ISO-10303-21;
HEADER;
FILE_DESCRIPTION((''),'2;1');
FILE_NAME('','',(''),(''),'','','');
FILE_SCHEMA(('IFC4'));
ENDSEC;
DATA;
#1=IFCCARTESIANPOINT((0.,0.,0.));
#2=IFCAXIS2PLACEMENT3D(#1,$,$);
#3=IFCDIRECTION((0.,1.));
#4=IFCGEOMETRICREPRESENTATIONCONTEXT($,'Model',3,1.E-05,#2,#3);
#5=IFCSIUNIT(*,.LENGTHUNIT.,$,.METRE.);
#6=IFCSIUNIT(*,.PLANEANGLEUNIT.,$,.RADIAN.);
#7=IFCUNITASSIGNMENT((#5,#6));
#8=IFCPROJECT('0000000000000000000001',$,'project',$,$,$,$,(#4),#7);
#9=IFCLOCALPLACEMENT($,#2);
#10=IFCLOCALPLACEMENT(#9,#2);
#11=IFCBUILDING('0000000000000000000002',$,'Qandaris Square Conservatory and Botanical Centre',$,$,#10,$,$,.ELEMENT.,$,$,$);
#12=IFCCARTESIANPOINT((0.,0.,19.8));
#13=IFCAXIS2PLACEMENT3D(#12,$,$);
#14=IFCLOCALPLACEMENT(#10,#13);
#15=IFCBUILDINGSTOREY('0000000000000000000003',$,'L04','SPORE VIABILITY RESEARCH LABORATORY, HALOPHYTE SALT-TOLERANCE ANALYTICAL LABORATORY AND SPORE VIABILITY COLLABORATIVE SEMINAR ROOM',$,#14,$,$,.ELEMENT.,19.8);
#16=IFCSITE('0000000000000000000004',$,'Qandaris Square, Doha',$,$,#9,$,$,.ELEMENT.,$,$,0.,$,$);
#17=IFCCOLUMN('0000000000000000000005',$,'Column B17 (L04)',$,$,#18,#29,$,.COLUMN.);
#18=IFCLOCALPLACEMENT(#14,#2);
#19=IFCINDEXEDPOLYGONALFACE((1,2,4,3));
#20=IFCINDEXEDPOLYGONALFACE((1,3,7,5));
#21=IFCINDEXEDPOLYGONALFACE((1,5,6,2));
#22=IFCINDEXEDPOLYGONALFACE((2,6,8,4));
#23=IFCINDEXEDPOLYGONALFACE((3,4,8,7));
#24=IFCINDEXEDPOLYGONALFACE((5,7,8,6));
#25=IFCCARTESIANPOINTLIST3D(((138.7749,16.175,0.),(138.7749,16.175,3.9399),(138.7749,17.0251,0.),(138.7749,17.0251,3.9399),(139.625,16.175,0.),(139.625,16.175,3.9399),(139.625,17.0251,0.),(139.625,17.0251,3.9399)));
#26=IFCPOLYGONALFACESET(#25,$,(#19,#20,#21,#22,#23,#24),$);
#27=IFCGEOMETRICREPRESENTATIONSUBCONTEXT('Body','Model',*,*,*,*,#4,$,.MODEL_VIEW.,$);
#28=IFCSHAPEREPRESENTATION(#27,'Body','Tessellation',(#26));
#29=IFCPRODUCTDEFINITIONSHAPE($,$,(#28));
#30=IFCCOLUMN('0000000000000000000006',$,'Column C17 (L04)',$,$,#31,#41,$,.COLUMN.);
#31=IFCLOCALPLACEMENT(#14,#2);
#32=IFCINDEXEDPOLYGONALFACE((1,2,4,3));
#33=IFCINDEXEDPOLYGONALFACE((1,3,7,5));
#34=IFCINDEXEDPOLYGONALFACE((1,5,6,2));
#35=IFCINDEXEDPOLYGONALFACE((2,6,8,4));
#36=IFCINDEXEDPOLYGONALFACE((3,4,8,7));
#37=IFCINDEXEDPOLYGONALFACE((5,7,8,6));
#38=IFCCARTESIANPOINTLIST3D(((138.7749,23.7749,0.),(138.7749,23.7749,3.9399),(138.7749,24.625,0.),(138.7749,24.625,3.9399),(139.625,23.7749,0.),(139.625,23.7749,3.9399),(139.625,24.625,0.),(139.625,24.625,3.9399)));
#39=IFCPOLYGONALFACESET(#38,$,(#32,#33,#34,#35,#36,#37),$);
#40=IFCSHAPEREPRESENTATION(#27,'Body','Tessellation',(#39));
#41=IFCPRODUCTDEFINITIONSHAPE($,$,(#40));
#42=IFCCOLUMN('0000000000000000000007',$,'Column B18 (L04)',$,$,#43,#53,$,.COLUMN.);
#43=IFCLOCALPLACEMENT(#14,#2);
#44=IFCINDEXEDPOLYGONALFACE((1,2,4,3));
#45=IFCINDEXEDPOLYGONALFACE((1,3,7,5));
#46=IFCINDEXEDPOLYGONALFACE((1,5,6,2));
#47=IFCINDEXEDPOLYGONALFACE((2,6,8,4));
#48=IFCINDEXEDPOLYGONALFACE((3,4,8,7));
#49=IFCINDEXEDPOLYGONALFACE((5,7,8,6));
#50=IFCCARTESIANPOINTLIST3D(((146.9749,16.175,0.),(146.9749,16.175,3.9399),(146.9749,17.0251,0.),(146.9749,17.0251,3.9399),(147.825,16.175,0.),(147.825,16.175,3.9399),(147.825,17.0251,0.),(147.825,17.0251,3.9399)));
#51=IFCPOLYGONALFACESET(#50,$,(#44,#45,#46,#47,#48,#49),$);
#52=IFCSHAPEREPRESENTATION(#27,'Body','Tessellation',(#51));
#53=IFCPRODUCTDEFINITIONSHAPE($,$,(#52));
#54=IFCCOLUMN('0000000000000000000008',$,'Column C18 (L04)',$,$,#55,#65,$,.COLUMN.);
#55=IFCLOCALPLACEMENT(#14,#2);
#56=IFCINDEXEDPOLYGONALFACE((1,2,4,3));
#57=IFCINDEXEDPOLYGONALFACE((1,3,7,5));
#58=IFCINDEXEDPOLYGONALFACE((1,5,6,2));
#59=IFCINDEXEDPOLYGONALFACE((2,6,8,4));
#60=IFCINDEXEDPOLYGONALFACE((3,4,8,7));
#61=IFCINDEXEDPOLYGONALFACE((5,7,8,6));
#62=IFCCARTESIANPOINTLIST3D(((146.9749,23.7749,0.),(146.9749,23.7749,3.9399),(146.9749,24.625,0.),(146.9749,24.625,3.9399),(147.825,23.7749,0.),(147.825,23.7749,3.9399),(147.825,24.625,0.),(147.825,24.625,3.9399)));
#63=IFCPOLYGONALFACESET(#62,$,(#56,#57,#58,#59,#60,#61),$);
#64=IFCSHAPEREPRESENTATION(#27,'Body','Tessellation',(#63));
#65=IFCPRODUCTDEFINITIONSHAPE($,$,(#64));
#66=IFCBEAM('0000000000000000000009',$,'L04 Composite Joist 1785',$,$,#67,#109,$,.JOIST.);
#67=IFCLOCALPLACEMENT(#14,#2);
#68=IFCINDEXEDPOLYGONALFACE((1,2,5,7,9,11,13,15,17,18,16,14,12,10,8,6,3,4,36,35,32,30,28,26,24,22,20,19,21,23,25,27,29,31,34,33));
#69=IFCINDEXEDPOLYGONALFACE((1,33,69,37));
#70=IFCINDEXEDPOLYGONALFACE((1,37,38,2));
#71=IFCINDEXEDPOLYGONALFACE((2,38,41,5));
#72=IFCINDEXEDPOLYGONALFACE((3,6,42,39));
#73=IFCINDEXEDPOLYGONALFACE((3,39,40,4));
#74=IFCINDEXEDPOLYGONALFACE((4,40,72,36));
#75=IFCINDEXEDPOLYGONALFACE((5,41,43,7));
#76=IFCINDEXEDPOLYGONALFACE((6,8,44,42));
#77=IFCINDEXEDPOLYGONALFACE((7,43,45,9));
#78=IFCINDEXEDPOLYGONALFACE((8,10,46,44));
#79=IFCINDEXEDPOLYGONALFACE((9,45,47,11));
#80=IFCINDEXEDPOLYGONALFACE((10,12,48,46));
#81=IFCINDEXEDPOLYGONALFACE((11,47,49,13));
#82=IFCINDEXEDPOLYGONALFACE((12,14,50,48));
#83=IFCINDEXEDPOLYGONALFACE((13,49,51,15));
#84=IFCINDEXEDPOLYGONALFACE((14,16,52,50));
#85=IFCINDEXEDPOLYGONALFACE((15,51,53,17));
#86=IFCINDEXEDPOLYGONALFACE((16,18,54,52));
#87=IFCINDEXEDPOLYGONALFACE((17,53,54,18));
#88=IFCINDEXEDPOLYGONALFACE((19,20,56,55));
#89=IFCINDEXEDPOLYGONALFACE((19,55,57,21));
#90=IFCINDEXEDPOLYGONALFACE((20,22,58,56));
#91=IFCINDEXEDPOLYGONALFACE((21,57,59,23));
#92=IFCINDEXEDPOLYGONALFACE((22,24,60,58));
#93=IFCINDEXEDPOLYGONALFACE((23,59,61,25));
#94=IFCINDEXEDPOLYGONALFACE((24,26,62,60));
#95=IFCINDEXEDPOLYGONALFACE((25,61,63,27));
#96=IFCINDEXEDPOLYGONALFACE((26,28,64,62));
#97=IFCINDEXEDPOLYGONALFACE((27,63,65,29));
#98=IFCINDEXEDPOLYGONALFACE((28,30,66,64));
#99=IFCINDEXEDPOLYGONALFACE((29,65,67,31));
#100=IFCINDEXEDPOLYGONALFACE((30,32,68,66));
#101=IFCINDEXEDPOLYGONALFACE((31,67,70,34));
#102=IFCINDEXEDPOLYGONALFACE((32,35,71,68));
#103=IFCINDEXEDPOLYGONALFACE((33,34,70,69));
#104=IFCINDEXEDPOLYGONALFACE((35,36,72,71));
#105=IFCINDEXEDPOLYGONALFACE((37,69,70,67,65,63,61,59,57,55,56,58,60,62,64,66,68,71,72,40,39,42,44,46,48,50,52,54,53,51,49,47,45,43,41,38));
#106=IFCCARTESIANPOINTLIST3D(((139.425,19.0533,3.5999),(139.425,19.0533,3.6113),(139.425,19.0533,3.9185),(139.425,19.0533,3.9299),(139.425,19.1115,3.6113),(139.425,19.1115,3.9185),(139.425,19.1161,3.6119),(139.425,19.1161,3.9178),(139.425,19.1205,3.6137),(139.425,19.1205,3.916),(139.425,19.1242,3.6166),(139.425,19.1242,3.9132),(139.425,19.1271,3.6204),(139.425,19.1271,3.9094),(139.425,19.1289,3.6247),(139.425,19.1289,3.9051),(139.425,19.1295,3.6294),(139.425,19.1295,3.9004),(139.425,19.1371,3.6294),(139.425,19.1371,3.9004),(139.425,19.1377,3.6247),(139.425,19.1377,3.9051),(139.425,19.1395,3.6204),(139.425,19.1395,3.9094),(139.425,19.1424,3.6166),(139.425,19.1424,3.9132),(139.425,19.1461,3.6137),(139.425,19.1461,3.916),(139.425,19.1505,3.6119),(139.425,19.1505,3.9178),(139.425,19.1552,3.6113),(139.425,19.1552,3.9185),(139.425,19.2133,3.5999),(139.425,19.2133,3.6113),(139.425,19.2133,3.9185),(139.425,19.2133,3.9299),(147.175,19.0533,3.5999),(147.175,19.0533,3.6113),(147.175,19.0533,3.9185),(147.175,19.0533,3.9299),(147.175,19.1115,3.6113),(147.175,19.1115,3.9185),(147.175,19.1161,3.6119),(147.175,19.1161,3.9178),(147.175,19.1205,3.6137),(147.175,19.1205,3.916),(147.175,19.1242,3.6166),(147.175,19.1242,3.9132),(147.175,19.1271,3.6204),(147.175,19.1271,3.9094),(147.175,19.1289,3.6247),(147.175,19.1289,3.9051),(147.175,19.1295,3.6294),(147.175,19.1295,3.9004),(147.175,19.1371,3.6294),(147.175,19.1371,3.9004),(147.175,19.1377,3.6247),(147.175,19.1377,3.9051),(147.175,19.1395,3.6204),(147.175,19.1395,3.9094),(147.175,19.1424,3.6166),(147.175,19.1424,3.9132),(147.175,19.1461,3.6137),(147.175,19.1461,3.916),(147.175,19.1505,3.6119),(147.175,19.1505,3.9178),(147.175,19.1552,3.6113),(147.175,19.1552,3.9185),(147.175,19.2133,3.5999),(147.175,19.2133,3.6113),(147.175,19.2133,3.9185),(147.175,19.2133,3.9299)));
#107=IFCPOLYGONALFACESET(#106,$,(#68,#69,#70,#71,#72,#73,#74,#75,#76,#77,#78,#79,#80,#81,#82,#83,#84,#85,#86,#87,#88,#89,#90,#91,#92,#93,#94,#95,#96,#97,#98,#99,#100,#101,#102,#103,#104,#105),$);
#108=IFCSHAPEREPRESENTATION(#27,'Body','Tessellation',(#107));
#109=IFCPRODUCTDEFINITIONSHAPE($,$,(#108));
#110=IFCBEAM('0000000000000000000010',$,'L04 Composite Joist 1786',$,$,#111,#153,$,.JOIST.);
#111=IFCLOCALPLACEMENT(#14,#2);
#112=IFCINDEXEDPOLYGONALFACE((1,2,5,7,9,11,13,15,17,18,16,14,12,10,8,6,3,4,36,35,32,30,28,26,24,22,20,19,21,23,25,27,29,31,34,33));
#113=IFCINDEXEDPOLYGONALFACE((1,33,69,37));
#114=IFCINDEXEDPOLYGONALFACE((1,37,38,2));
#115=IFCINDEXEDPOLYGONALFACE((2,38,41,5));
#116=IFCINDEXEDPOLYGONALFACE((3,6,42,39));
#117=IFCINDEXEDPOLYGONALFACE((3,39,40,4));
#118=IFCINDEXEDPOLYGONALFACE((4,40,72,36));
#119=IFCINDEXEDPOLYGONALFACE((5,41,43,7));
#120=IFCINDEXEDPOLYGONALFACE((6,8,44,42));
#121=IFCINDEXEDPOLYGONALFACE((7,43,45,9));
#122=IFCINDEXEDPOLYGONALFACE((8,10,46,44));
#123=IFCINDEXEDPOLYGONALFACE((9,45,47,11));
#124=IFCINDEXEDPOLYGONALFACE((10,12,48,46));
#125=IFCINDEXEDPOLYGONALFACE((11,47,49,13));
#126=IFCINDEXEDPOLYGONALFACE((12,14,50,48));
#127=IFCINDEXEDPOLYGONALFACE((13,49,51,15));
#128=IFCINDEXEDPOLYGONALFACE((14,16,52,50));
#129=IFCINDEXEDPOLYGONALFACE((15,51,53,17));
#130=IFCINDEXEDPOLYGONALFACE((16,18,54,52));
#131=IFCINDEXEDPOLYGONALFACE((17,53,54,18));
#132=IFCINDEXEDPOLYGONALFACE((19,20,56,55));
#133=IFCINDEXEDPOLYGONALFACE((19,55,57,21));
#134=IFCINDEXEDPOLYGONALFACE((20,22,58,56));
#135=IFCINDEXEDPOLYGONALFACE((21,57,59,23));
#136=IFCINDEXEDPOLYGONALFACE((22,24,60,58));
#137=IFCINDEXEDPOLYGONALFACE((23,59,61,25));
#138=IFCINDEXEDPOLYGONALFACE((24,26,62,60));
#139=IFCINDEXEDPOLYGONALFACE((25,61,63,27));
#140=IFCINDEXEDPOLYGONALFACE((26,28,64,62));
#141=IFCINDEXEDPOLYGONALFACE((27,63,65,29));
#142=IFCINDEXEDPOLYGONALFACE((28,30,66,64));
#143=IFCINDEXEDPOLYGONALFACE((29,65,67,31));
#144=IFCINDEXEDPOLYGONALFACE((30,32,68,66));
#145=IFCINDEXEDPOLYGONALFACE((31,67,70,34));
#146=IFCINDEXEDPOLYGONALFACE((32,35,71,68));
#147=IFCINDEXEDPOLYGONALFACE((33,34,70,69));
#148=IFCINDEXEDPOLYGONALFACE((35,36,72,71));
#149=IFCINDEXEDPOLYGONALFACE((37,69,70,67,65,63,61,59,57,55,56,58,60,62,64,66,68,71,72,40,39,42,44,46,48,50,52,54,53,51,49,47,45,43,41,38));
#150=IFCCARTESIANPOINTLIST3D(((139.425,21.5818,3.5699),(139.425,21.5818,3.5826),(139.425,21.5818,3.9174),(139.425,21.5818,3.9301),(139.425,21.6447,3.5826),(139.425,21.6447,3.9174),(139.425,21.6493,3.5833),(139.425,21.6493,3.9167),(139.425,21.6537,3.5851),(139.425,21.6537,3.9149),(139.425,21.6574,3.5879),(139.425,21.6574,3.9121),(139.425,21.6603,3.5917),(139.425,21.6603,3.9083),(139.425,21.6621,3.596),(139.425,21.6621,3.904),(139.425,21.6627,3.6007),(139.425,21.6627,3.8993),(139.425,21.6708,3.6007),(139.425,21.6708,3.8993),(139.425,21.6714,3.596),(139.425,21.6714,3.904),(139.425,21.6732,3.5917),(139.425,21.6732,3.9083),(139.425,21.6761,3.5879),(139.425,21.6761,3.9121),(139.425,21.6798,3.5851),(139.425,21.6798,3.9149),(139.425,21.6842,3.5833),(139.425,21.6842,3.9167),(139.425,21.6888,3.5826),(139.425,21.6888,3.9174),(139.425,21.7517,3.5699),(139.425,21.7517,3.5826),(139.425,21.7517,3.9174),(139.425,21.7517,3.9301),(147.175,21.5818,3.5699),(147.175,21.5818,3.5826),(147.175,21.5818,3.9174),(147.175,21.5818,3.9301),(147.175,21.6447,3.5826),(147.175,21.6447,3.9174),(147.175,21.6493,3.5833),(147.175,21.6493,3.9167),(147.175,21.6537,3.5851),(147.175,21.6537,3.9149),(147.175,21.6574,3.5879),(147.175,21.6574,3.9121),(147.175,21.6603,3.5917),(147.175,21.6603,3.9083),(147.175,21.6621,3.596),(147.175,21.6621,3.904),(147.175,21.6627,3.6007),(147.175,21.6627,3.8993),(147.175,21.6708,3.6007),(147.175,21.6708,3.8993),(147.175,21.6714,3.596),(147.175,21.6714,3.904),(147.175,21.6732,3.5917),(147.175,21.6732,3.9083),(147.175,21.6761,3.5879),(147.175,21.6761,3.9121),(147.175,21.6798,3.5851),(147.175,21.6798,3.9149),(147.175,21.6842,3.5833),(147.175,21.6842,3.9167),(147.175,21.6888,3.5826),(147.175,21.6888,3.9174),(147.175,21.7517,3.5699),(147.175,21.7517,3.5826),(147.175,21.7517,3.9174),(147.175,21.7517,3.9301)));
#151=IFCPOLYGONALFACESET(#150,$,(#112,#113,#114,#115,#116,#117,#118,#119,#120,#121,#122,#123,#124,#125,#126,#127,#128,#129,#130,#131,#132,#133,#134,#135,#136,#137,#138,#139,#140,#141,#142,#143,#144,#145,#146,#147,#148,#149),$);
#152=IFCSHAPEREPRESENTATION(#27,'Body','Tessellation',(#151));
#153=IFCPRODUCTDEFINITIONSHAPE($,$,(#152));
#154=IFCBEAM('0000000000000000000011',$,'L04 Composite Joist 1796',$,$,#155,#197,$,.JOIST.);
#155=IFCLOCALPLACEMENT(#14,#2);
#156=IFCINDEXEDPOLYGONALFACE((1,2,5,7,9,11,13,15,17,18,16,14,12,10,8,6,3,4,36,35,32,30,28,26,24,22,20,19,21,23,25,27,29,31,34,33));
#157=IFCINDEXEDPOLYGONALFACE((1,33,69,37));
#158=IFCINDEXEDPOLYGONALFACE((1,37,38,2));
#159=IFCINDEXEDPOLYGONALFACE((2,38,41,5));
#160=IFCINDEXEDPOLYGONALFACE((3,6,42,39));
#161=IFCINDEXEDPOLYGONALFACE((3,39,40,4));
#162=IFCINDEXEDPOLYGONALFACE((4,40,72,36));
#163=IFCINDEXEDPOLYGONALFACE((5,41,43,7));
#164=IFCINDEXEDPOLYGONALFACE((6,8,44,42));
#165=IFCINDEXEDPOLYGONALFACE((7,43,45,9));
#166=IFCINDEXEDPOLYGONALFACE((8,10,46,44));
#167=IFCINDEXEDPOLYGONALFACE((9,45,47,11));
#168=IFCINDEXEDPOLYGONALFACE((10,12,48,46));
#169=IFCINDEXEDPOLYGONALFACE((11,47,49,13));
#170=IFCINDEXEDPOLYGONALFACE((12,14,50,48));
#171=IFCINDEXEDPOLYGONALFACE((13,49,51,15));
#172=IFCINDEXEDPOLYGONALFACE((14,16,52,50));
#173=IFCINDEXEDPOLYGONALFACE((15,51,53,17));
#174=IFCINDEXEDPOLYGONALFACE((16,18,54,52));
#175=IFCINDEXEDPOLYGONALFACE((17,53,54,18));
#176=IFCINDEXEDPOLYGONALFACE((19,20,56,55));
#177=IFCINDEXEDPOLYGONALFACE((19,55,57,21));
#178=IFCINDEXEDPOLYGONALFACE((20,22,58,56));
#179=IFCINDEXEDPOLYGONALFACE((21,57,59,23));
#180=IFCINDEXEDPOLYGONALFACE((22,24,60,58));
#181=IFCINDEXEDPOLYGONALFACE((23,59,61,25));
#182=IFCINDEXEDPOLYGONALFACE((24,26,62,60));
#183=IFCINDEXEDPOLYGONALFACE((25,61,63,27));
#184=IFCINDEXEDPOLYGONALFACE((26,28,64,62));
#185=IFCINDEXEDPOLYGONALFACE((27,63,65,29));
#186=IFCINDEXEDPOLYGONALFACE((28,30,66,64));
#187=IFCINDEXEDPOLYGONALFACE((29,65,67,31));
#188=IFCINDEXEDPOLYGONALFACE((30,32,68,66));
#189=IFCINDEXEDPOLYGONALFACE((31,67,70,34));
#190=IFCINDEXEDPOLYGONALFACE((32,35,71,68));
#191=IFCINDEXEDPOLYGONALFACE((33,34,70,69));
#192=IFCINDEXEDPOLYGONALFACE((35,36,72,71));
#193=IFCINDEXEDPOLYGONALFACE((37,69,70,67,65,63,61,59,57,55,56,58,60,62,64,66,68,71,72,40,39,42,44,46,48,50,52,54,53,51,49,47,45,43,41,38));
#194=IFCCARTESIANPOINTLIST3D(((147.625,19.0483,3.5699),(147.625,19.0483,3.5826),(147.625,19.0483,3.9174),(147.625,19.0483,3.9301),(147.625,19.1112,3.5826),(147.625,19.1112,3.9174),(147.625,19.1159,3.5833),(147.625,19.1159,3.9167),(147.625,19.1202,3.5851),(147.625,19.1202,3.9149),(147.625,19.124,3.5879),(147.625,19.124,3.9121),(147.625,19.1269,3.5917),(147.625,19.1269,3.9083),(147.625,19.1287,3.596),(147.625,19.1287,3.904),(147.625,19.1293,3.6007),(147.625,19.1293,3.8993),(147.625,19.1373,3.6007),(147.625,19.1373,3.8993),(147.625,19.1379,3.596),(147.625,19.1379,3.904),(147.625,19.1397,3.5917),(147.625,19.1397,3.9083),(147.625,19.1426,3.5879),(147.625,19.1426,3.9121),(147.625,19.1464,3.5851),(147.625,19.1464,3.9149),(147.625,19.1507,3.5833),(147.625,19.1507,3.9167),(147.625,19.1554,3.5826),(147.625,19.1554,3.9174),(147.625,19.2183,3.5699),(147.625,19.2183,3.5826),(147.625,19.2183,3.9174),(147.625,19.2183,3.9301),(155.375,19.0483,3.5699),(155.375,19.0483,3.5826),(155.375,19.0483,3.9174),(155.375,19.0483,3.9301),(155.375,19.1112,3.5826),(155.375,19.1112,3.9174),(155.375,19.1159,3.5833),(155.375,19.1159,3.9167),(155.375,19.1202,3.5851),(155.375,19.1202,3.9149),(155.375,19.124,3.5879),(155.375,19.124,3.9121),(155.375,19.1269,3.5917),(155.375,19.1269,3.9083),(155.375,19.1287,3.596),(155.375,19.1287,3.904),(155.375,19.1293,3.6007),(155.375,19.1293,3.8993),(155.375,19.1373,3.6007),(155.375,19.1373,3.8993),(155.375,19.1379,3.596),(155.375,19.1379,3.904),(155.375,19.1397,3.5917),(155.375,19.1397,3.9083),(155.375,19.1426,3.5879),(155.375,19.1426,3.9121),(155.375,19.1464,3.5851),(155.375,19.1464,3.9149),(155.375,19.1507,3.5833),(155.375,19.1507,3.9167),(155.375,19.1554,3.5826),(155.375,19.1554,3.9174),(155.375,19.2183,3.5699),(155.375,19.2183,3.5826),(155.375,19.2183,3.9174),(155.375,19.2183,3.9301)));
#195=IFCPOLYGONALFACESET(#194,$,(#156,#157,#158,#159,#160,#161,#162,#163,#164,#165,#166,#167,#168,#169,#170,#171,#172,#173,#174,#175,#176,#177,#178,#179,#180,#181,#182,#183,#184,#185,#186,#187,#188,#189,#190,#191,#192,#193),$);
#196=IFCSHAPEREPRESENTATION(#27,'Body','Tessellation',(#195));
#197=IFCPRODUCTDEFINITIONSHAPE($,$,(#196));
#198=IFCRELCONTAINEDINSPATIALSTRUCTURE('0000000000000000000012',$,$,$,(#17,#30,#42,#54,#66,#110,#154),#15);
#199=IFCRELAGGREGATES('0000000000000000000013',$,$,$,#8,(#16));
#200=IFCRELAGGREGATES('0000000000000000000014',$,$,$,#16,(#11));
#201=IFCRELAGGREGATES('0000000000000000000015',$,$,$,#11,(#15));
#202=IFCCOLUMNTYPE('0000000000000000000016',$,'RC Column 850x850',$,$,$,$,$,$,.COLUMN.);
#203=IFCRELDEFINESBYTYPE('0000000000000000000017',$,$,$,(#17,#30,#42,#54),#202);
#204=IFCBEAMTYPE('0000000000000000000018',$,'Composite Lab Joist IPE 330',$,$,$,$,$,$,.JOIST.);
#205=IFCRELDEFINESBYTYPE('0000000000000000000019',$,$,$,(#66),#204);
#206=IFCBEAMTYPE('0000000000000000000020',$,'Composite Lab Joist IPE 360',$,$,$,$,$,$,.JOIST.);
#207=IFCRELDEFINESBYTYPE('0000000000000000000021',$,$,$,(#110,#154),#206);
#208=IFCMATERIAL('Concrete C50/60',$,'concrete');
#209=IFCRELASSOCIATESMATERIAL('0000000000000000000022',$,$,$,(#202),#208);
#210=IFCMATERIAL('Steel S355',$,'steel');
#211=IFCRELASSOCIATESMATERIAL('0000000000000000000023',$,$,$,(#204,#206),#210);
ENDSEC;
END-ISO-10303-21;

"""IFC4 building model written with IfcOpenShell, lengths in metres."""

from ifc_helpers import new_model, si_unit, direction, frame, origin, origin_2d, place, context, subcontext, project, spatial, rectangle, i_section, extrude, material, material_profile, profile_set, type_object, element, save


model = new_model("IFC4")

# Units and contexts
model_context = context("Model", 3, precision=1e-05, world=origin(), true_north=direction((0.0, 1.0)))
body_context = subcontext(model_context, "Body", "Model", "MODEL_VIEW")
ifc_project = project(units=[si_unit("LENGTHUNIT", "METRE"), si_unit("PLANEANGLEUNIT", "RADIAN")], contexts=[model_context])

# Site, building, storey
site_placement = place(None, origin())
site = spatial("IfcSite", under=ifc_project, at=site_placement, Name="Qandaris Square, Doha", CompositionType="ELEMENT", RefElevation=0.0)
building_placement = place(site_placement, origin())
building = spatial("IfcBuilding", under=site, at=building_placement, Name="Qandaris Square Conservatory and Botanical Centre", CompositionType="ELEMENT")
storey_placement = place(building_placement, frame((0.0, 0.0, 19.8)))
storey = spatial("IfcBuildingStorey", under=building, at=storey_placement, Name="L04", Description="SPORE VIABILITY RESEARCH LABORATORY, HALOPHYTE SALT-TOLERANCE ANALYTICAL LABORATORY AND SPORE VIABILITY COLLABORATIVE SEMINAR ROOM", CompositionType="ELEMENT", Elevation=19.8)

# Columns
ifc_material_1 = material(Name="Concrete C50/60", Category="concrete")
ifc_material_profile_1 = material_profile(ifc_material_1, rectangle(XDim=0.8501, YDim=0.8501, at=origin_2d()), Name="RC-COL 850x850")
ifc_profile_set_1 = profile_set([ifc_material_profile_1], Name="Concrete C50/60")
column_type = type_object("IfcColumnType", Name="RC Column 850x850", PredefinedType="COLUMN", material=ifc_profile_set_1)
for number, where, z_axis, x_axis, name in (
    (1, (139.2, 16.6001, 0.0), (0.0, 0.0, 1.0), (1.0, 0.0, 0.0), "Column B17 (L04)"),
    (2, (139.2, 24.2, 0.0), (0.0, 0.0, 1.0), (1.0, 0.0, 0.0), "Column C17 (L04)"),
    (3, (147.3999, 16.6001, 0.0), (0.0, 0.0, 1.0), (1.0, 0.0, 0.0), "Column B18 (L04)"),
    (4, (147.3999, 24.2, 0.0), (0.0, 0.0, 1.0), (1.0, 0.0, 0.0), "Column C18 (L04)"),
):
    element("IfcColumn", number, at=place(storey_placement, frame(where, z_axis=z_axis, x_axis=x_axis)), inside=storey, type_object=column_type, Name=name, PredefinedType="COLUMN", context=body_context, shape_type="SweptSolid", body=[
        extrude(rectangle(XDim=0.8501, YDim=0.8501, at=origin_2d()), origin(), (0.0, 0.0, 1.0), 3.9399),
    ])

# Beams
ifc_material_2 = material(Name="Steel S355", Category="steel")
ifc_material_profile_2 = material_profile(ifc_material_2, i_section(OverallWidth=0.1599, OverallDepth=0.3301, WebThickness=0.0076, FlangeThickness=0.0115, FilletRadius=0.0181, at=origin_2d()), Name="IPE 330")
ifc_profile_set_2 = profile_set([ifc_material_profile_2], Name="Steel S355")
beam_type_1 = type_object("IfcBeamType", Name="Composite Lab Joist IPE 330", PredefinedType="JOIST", material=ifc_profile_set_2)
beam_1_placement = place(storey_placement, frame((139.425, 19.1333, 3.7649), z_axis=(1.0, 0.0, 0.0), x_axis=(0.0, 1.0, 0.0)))
element("IfcBeam", 5, at=beam_1_placement, inside=storey, type_object=beam_type_1, Name="L04 Composite Joist 1785", PredefinedType="JOIST", context=body_context, shape_type="SweptSolid", body=[
    extrude(i_section(OverallWidth=0.1599, OverallDepth=0.3301, WebThickness=0.0076, FlangeThickness=0.0115, FilletRadius=0.0181, at=origin_2d()), origin(), (0.0, 0.0, 1.0), 7.75),
])
ifc_material_profile_3 = material_profile(ifc_material_2, i_section(OverallWidth=0.1699, OverallDepth=0.3601, WebThickness=0.0081, FlangeThickness=0.0127, FilletRadius=0.0181, at=origin_2d()), Name="IPE 360")
ifc_profile_set_3 = profile_set([ifc_material_profile_3], Name="Steel S355")
beam_type_2 = type_object("IfcBeamType", Name="Composite Lab Joist IPE 360", PredefinedType="JOIST", material=ifc_profile_set_3)
for number, where, z_axis, x_axis, name in (
    (6, (139.425, 21.6667, 3.75), (1.0, 0.0, 0.0), (0.0, 1.0, 0.0), "L04 Composite Joist 1786"),
    (7, (147.625, 19.1333, 3.75), (1.0, 0.0, 0.0), (0.0, 1.0, 0.0), "L04 Composite Joist 1796"),
):
    element("IfcBeam", number, at=place(storey_placement, frame(where, z_axis=z_axis, x_axis=x_axis)), inside=storey, type_object=beam_type_2, Name=name, PredefinedType="JOIST", context=body_context, shape_type="SweptSolid", body=[
        extrude(i_section(OverallWidth=0.1699, OverallDepth=0.3601, WebThickness=0.0081, FlangeThickness=0.0127, FilletRadius=0.0181, at=origin_2d()), origin(), (0.0, 0.0, 1.0), 7.75),
    ])

save(model, "model.ifc")
